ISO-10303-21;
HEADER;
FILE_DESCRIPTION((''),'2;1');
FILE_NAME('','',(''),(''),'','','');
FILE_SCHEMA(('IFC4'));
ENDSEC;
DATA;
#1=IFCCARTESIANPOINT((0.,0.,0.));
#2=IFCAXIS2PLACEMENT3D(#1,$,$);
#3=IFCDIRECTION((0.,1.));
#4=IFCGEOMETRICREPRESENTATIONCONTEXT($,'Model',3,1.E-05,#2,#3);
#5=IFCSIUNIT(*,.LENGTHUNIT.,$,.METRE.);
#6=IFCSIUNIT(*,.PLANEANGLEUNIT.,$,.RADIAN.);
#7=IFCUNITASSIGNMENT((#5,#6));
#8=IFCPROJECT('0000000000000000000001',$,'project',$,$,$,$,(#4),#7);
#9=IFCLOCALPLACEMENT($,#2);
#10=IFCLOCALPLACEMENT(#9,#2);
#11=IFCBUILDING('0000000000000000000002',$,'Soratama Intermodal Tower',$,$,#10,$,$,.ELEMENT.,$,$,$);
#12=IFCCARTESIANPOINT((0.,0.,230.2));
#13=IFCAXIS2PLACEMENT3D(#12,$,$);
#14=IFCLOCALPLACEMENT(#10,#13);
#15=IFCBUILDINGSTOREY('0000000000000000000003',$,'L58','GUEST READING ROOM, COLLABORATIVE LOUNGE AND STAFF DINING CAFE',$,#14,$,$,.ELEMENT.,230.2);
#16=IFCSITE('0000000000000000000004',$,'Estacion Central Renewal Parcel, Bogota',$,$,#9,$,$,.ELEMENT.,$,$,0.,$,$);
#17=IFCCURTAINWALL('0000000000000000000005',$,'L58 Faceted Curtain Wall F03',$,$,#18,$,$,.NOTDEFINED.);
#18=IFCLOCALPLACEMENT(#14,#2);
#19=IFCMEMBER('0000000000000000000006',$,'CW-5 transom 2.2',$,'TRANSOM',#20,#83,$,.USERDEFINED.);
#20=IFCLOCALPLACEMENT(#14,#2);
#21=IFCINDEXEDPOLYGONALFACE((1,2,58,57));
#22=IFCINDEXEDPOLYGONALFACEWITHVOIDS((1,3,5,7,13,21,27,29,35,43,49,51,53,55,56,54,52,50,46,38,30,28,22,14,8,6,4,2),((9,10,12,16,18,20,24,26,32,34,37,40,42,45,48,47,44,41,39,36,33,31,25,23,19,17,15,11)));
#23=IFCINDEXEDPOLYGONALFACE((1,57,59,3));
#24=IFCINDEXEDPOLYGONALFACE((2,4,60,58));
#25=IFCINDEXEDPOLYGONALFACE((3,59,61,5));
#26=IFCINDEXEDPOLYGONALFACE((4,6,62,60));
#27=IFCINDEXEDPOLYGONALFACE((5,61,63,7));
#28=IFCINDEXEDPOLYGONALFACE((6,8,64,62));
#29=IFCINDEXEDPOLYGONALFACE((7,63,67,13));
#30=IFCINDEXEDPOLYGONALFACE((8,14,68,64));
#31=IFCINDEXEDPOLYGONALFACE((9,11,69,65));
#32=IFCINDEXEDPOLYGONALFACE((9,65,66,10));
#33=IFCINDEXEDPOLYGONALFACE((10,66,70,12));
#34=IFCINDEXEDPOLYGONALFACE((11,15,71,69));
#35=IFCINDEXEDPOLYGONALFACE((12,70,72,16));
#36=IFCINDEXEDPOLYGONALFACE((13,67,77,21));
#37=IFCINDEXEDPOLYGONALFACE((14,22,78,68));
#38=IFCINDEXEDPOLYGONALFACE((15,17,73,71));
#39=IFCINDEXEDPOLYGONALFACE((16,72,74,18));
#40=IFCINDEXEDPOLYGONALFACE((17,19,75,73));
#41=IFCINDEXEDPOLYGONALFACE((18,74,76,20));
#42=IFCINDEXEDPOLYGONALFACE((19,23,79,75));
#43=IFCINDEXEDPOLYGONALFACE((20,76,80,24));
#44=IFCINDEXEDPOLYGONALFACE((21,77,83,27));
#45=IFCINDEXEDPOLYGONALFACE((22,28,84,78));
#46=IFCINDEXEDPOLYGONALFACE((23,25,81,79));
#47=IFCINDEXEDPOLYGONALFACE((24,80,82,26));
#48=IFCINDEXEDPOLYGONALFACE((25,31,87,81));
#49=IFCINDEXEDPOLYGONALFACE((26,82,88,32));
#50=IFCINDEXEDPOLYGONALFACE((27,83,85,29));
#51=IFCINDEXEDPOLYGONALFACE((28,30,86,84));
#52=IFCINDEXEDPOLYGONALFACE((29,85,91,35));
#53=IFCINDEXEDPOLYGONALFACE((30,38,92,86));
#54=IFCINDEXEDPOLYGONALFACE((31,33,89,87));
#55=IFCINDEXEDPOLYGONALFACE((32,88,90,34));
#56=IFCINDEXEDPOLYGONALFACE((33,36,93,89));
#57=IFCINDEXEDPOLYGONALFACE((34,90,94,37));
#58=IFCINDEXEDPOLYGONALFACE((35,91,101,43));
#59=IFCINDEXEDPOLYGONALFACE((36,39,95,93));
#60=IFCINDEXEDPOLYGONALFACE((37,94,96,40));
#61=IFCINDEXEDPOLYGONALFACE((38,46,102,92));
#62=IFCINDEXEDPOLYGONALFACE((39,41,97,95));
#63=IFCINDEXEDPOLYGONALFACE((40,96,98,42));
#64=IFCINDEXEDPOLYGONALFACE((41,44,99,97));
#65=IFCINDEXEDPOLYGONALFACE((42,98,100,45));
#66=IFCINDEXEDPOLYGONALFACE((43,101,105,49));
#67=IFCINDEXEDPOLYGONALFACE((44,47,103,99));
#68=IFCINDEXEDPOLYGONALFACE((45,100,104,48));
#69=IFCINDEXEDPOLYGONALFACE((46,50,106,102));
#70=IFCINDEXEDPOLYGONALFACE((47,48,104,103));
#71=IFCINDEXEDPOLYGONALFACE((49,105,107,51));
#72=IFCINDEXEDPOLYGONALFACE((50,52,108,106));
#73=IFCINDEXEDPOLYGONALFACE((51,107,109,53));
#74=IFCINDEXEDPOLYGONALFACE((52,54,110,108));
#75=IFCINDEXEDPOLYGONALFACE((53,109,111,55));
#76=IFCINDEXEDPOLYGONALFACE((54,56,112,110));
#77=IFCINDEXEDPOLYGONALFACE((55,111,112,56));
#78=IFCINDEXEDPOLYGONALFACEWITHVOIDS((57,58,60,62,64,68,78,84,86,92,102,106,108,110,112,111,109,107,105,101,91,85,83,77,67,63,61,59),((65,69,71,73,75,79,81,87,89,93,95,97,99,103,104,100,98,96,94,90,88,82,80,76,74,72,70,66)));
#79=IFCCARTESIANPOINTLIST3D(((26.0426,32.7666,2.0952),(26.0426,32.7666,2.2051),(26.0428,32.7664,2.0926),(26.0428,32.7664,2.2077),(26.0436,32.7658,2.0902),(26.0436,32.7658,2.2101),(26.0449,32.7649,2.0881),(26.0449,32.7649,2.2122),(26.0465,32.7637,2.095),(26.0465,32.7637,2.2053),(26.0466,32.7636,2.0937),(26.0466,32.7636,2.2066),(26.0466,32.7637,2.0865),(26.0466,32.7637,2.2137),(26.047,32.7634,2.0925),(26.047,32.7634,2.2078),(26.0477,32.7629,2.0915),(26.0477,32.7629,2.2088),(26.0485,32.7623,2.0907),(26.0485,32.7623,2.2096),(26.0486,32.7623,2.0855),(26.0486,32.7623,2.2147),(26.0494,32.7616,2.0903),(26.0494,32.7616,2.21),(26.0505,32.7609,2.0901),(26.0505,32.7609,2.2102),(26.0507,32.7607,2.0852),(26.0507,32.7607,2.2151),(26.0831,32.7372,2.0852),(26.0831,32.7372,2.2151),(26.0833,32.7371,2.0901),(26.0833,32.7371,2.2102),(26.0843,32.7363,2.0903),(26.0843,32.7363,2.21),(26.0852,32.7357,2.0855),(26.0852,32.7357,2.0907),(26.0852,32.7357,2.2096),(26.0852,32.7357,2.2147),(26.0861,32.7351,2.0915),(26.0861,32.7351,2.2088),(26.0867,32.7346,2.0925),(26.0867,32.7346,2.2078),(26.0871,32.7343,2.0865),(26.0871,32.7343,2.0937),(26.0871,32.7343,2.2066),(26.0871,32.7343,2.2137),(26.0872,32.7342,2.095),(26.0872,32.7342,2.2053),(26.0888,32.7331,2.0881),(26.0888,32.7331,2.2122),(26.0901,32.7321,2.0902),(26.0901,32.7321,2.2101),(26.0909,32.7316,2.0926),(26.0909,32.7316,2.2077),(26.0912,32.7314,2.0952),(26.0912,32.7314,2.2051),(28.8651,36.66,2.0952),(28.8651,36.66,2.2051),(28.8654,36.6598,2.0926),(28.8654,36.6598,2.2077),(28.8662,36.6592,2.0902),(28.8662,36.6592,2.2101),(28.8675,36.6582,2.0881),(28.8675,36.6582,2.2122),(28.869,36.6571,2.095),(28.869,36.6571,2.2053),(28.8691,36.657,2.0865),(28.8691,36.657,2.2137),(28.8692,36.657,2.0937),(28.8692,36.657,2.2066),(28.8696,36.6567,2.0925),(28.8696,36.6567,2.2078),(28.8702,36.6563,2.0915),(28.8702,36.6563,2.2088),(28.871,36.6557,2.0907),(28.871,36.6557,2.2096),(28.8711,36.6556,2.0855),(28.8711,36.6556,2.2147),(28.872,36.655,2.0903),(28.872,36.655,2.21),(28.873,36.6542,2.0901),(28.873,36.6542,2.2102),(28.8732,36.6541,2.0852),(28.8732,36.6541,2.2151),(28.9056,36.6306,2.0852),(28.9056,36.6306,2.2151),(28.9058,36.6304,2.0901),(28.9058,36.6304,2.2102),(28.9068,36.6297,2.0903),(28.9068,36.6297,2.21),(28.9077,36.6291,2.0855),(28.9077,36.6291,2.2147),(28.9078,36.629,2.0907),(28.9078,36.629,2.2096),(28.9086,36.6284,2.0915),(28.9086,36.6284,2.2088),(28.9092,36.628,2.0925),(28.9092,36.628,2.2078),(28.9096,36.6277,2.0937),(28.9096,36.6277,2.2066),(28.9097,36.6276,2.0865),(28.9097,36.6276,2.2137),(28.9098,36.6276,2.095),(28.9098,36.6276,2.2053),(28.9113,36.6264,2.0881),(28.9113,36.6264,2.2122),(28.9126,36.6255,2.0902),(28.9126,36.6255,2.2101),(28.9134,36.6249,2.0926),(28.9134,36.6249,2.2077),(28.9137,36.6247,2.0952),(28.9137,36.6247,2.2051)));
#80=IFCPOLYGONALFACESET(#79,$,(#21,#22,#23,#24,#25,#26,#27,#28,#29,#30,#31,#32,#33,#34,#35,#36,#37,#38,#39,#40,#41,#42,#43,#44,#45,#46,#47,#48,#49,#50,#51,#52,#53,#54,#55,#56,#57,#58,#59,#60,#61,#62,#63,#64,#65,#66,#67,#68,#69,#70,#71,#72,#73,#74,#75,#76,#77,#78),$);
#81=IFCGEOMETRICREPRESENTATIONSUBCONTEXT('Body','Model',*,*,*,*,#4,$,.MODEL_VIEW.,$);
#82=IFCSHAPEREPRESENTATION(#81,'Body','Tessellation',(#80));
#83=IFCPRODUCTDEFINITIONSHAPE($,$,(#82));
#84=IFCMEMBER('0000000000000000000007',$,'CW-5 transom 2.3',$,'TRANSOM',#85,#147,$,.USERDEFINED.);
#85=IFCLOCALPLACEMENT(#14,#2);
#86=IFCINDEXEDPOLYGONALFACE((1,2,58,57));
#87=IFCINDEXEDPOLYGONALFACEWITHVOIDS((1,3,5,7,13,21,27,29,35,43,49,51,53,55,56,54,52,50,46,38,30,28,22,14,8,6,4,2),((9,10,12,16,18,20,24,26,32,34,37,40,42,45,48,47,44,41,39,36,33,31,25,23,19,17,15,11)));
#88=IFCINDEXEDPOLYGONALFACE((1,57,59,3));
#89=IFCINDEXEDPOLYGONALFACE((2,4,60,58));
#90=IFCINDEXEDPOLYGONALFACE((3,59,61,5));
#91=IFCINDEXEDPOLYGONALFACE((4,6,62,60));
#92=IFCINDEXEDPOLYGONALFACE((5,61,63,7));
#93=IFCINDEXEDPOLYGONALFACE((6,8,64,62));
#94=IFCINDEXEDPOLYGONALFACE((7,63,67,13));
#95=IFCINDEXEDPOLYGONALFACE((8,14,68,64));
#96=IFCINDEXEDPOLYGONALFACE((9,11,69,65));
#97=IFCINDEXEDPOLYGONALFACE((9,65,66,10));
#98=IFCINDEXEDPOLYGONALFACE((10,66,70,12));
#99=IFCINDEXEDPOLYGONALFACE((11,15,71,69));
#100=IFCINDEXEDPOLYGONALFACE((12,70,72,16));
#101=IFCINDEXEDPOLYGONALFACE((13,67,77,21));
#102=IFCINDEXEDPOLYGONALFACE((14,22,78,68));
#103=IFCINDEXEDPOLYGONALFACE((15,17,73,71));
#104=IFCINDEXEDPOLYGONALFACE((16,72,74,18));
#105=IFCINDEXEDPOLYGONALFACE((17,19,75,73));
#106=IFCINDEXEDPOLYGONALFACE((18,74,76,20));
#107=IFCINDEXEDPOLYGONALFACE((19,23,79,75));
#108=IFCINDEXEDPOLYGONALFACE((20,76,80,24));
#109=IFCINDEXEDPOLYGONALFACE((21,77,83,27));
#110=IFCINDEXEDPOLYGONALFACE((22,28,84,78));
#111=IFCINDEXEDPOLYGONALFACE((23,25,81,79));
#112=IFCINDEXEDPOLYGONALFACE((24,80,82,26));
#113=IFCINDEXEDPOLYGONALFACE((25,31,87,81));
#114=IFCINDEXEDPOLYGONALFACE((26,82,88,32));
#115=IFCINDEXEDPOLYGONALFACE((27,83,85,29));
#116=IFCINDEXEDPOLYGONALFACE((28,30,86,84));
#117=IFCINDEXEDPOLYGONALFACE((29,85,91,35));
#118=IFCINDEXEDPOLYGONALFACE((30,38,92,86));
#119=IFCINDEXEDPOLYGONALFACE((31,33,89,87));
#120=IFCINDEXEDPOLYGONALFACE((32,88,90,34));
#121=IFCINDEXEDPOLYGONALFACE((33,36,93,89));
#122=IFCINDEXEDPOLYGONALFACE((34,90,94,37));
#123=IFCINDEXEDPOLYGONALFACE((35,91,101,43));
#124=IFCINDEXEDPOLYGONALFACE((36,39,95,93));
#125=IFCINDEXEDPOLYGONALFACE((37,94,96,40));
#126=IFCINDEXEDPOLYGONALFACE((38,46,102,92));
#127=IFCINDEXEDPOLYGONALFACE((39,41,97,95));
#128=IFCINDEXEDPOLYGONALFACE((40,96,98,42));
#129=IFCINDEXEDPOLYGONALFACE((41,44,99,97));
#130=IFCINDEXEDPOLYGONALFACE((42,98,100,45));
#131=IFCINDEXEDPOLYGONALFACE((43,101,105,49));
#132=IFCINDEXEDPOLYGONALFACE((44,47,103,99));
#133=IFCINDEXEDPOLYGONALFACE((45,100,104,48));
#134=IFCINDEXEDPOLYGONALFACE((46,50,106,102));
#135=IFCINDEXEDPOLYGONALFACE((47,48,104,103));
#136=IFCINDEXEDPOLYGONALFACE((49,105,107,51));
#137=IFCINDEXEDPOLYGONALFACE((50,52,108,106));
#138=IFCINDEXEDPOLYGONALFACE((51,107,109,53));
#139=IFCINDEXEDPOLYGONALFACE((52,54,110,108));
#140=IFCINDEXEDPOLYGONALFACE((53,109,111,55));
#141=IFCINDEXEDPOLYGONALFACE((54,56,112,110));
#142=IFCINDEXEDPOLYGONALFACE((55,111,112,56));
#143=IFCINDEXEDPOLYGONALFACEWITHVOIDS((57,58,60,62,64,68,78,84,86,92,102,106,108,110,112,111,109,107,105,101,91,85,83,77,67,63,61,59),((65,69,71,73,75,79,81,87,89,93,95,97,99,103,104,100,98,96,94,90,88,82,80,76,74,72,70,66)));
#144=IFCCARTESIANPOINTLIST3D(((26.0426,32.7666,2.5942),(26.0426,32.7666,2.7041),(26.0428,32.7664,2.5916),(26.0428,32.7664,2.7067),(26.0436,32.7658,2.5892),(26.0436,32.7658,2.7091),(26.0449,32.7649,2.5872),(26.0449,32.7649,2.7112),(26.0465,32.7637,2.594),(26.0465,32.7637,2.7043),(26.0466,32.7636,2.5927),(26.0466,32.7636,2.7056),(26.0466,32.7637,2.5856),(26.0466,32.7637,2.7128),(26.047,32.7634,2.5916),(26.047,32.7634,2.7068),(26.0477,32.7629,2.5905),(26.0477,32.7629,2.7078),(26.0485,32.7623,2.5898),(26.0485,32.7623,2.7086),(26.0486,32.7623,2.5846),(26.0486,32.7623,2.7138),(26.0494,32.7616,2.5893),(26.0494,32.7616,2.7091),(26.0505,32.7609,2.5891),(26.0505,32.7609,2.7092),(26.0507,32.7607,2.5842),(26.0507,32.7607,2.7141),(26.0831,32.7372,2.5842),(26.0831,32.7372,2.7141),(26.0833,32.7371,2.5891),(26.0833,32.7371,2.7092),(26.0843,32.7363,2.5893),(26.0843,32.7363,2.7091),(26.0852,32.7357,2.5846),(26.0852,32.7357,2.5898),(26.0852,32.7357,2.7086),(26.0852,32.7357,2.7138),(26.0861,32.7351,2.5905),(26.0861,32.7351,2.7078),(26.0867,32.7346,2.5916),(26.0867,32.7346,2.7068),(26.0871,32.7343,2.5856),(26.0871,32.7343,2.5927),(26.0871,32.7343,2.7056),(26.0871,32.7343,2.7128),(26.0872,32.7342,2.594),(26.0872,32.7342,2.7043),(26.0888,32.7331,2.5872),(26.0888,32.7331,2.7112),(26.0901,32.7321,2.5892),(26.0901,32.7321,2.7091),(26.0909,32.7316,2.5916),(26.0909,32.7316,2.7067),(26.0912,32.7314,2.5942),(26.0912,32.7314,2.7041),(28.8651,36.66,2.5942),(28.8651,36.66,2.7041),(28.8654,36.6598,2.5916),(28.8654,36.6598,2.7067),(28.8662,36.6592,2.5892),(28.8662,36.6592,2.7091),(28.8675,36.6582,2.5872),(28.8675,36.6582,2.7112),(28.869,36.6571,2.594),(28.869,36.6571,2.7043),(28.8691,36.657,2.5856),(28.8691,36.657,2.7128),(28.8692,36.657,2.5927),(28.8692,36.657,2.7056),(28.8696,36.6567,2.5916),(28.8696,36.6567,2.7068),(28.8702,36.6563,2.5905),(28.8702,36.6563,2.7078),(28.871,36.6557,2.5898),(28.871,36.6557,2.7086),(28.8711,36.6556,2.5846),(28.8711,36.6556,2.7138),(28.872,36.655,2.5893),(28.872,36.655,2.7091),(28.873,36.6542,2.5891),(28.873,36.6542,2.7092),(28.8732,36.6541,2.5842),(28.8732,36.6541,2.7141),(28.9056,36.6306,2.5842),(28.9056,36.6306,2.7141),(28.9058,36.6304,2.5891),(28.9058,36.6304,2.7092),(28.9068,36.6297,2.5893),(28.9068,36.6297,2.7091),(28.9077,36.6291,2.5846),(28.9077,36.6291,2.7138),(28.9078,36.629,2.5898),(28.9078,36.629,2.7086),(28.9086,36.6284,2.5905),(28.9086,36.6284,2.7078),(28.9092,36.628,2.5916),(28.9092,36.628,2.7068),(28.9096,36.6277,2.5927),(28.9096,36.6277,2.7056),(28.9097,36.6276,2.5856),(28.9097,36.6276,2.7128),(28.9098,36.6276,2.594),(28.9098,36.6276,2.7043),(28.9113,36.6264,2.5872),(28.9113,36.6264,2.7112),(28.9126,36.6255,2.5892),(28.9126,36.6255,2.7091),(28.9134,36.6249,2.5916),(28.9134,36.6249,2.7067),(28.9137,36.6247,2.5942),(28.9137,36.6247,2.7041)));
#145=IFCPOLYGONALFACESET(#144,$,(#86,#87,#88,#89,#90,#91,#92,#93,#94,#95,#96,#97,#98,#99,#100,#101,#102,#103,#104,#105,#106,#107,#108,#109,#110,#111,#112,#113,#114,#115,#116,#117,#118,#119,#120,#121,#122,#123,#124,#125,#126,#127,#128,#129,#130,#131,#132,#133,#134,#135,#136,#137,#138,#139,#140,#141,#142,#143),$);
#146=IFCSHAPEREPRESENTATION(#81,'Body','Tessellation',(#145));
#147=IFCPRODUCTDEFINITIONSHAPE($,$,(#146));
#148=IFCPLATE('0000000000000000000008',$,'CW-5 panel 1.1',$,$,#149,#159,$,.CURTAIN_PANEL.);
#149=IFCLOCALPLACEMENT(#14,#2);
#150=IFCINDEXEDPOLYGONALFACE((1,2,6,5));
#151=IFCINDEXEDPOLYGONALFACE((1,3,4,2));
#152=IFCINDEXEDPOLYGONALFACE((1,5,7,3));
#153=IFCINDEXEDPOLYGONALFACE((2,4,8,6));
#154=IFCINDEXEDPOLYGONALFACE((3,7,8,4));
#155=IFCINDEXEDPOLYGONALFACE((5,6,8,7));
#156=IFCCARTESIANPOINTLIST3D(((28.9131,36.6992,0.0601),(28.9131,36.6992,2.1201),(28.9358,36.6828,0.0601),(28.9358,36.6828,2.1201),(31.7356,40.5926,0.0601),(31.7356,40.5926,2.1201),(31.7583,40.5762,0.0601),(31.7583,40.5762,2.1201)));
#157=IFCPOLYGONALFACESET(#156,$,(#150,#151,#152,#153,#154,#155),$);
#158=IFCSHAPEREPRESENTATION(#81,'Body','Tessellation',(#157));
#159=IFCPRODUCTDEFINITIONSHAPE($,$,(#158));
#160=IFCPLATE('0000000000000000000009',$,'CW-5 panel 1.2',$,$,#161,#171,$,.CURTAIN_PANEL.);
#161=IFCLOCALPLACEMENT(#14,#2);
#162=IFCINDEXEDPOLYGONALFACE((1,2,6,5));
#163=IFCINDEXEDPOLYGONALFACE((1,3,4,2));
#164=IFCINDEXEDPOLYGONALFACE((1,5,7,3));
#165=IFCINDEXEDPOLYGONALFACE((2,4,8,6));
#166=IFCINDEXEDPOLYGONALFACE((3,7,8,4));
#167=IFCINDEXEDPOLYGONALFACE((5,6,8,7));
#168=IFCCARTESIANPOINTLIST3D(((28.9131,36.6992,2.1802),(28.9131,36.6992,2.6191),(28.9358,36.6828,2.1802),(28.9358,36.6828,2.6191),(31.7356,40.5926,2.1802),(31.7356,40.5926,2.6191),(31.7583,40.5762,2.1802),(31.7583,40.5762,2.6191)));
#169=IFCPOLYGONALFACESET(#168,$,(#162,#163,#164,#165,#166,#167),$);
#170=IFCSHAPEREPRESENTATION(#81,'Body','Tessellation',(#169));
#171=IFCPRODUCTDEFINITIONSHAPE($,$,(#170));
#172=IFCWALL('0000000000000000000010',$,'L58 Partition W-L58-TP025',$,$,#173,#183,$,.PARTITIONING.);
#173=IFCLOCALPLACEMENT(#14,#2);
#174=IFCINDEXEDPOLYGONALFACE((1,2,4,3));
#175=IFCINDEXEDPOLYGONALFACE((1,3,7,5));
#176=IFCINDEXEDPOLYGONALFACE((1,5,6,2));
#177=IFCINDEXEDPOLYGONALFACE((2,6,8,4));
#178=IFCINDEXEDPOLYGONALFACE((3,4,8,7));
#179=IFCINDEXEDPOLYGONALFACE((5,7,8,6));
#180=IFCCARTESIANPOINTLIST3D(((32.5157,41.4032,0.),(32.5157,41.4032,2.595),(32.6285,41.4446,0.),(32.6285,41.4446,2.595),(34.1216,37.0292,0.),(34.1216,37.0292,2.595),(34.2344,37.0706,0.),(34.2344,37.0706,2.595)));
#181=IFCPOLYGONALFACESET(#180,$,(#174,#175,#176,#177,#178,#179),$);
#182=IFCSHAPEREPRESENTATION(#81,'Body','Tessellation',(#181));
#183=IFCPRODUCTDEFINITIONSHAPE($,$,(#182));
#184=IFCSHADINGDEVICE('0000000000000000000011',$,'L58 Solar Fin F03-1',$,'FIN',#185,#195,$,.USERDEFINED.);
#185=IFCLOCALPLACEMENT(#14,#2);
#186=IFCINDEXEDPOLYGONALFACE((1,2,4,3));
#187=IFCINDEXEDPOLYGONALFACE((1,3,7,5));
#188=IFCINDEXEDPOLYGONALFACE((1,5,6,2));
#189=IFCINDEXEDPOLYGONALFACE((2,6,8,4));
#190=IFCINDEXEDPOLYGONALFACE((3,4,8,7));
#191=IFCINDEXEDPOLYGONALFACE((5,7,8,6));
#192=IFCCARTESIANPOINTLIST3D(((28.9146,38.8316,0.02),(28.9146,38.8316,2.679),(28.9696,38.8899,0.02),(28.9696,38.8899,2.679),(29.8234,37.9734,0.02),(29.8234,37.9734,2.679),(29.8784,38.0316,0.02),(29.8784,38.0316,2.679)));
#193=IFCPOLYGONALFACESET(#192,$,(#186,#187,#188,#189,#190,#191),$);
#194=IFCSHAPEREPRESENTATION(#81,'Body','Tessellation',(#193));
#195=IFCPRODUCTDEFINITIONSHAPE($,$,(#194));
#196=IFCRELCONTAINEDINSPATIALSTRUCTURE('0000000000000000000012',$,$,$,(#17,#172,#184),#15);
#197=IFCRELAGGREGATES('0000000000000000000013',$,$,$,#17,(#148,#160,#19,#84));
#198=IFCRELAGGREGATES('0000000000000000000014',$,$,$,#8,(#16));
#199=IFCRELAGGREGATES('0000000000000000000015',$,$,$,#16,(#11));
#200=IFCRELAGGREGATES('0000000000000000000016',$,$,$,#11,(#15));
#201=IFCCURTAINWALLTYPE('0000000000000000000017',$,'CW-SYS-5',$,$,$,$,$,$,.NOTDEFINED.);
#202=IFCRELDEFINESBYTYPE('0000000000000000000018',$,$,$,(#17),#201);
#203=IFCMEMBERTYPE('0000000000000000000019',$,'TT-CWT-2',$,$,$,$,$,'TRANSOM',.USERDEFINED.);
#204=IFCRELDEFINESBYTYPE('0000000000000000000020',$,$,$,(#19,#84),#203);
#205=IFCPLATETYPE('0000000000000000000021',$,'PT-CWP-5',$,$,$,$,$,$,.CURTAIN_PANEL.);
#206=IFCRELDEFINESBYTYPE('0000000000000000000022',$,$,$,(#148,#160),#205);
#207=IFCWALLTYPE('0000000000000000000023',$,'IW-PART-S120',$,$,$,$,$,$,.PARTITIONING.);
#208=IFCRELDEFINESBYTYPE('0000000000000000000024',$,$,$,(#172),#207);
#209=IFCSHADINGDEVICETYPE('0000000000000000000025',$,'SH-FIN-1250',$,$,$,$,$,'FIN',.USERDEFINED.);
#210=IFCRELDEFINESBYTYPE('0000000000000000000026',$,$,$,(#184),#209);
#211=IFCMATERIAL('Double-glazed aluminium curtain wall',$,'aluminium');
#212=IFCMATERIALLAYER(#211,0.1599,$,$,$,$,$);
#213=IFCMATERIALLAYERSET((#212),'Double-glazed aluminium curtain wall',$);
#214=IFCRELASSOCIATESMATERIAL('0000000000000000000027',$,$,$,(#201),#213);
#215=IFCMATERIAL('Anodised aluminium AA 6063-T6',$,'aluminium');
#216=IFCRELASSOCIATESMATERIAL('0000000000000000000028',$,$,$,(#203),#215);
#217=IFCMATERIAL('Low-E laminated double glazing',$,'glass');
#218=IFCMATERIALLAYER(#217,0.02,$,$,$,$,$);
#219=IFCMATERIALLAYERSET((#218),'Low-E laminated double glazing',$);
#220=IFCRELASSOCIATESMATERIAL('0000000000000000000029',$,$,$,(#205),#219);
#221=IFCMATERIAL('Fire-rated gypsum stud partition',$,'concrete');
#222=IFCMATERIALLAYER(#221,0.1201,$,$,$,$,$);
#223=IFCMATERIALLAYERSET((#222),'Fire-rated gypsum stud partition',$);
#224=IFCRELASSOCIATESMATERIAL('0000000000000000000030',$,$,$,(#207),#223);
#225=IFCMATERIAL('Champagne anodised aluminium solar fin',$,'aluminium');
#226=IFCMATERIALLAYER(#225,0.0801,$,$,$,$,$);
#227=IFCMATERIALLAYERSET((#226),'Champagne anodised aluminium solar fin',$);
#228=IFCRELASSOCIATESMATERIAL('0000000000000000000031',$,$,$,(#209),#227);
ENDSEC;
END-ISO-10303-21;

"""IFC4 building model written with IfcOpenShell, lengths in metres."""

from ifc_helpers import new_model, si_unit, direction, frame, frame_2d, origin, origin_2d, place, context, subcontext, project, spatial, rectangle, hollow_rectangle, extrude, material, layer, layer_set, material_profile, profile_set, type_object, element, aggregate, save


model = new_model("IFC4")

# Units and contexts
model_context = context("Model", 3, precision=1e-05, world=origin(), true_north=direction((0.0, 1.0)))
body_context = subcontext(model_context, "Body", "Model", "MODEL_VIEW")
ifc_project = project(units=[si_unit("LENGTHUNIT", "METRE"), si_unit("PLANEANGLEUNIT", "RADIAN")], contexts=[model_context])

# Site, building, storey
site_placement = place(None, origin())
site = spatial("IfcSite", under=ifc_project, at=site_placement, Name="Estacion Central Renewal Parcel, Bogota", CompositionType="ELEMENT", RefElevation=0.0)
building_placement = place(site_placement, origin())
building = spatial("IfcBuilding", under=site, at=building_placement, Name="Soratama Intermodal Tower", CompositionType="ELEMENT")
storey_placement = place(building_placement, frame((0.0, 0.0, 230.2)))
storey = spatial("IfcBuildingStorey", under=building, at=storey_placement, Name="L58", Description="GUEST READING ROOM, COLLABORATIVE LOUNGE AND STAFF DINING CAFE", CompositionType="ELEMENT", Elevation=230.2)

# Curtain wall, members, plates
ifc_material_1 = material(Name="Double-glazed aluminium curtain wall", Category="aluminium")
ifc_layer_1 = layer(ifc_material_1, 0.1599)
ifc_layer_set_1 = layer_set([ifc_layer_1], Name="Double-glazed aluminium curtain wall")
curtain_wall_type = type_object("IfcCurtainWallType", Name="CW-SYS-5", PredefinedType="NOTDEFINED", material=ifc_layer_set_1)
curtain_wall_placement = place(storey_placement, origin())
curtain_wall = element("IfcCurtainWall", 1, at=curtain_wall_placement, inside=storey, type_object=curtain_wall_type, Name="L58 Faceted Curtain Wall F03", PredefinedType="NOTDEFINED")
ifc_material_2 = material(Name="Anodised aluminium AA 6063-T6", Category="aluminium")
ifc_material_profile_1 = material_profile(ifc_material_2, hollow_rectangle(XDim=0.0601, YDim=0.1299, WallThickness=0.0049, InnerFilletRadius=0.0049, OuterFilletRadius=0.01, at=origin_2d()), Name="CWT130X60X5")
ifc_profile_set_1 = profile_set([ifc_material_profile_1], Name="Anodised aluminium AA 6063-T6")
member_type_1 = type_object("IfcMemberType", Name="TT-CWT-2", ElementType="TRANSOM", PredefinedType="USERDEFINED", material=ifc_profile_set_1)
member_1_placement = place(storey_placement, frame((28.8894, 36.6423, 2.1501), z_axis=(-0.586948, -0.809624, 0.0), x_axis=(0.809624, -0.586948, 0.0)))
member_1 = element("IfcMember", 2, at=member_1_placement, type_object=member_type_1, Name="CW-5 transom 2.2", ObjectType="TRANSOM", PredefinedType="USERDEFINED", context=body_context, shape_type="SweptSolid", body=[
    extrude(hollow_rectangle(XDim=0.0601, YDim=0.1299, WallThickness=0.0049, InnerFilletRadius=0.0049, OuterFilletRadius=0.01, at=origin_2d()), origin(), (0.0, 0.0, 1.0), 4.8088),
])
member_2_placement = place(storey_placement, frame((28.8894, 36.6423, 2.6492), z_axis=(-0.586948, -0.809624, 0.0), x_axis=(0.809624, -0.586948, 0.0)))
member_2 = element("IfcMember", 3, at=member_2_placement, type_object=member_type_1, Name="CW-5 transom 2.3", ObjectType="TRANSOM", PredefinedType="USERDEFINED", context=body_context, shape_type="SweptSolid", body=[
    extrude(hollow_rectangle(XDim=0.0601, YDim=0.1299, WallThickness=0.0049, InnerFilletRadius=0.0049, OuterFilletRadius=0.01, at=origin_2d()), origin(), (0.0, 0.0, 1.0), 4.8088),
])
ifc_material_3 = material(Name="Low-E laminated double glazing", Category="glass")
ifc_layer_2 = layer(ifc_material_3, 0.02)
ifc_layer_set_2 = layer_set([ifc_layer_2], Name="Low-E laminated double glazing")
plate_type = type_object("IfcPlateType", Name="PT-CWP-5", PredefinedType="CURTAIN_PANEL", material=ifc_layer_set_2)
plate_1_placement = place(storey_placement, frame((30.3357, 38.6377, 0.0601), z_axis=(0.0, 0.0, 1.0), x_axis=(-0.586937, -0.809633, 0.0)))
plate_1 = element("IfcPlate", 4, at=plate_1_placement, type_object=plate_type, Name="CW-5 panel 1.1", PredefinedType="CURTAIN_PANEL", context=body_context, shape_type="SweptSolid", body=[
    extrude(rectangle(XDim=4.8088, YDim=0.0281, at=origin_2d()), origin(), (0.0, 0.0, 1.0), 2.0601),
])
plate_2_placement = place(storey_placement, frame((30.3357, 38.6377, 2.1802), z_axis=(0.0, 0.0, 1.0), x_axis=(-0.586937, -0.809633, 0.0)))
plate_2 = element("IfcPlate", 5, at=plate_2_placement, type_object=plate_type, Name="CW-5 panel 1.2", PredefinedType="CURTAIN_PANEL", context=body_context, shape_type="SweptSolid", body=[
    extrude(rectangle(XDim=4.8088, YDim=0.0281, at=origin_2d()), origin(), (0.0, 0.0, 1.0), 0.439),
])
aggregate(curtain_wall, [plate_1, plate_2, member_1, member_2])

# Wall
ifc_material_4 = material(Name="Fire-rated gypsum stud partition", Category="concrete")
ifc_layer_3 = layer(ifc_material_4, 0.1201)
ifc_layer_set_3 = layer_set([ifc_layer_3], Name="Fire-rated gypsum stud partition")
wall_type_1 = type_object("IfcWallType", Name="IW-PART-S120", PredefinedType="PARTITIONING", material=ifc_layer_set_3)
wall_1_placement = place(storey_placement, frame((34.178, 37.05, 0.0), z_axis=(0.0, 0.0, 1.0), x_axis=(-0.344661, 0.938727, 0.0)))
element("IfcWall", 6, at=wall_1_placement, inside=storey, type_object=wall_type_1, Name="L58 Partition W-L58-TP025", PredefinedType="PARTITIONING", context=body_context, shape_type="SweptSolid", body=[
    extrude(rectangle(XDim=4.6594, YDim=0.1201, at=frame_2d((2.3296, 0.0))), origin(), (0.0, 0.0, 1.0), 2.595),
])

# Shading device
ifc_material_5 = material(Name="Champagne anodised aluminium solar fin", Category="aluminium")
ifc_layer_4 = layer(ifc_material_5, 0.0801)
ifc_layer_set_4 = layer_set([ifc_layer_4], Name="Champagne anodised aluminium solar fin")
shading_device_type = type_object("IfcShadingDeviceType", Name="SH-FIN-1250", ElementType="FIN", PredefinedType="USERDEFINED", material=ifc_layer_set_4)
for number, where, z_axis, x_axis, name in (
    (7, (29.3965, 38.4316, 0.02), (0.0, 0.0, 1.0), (-0.727054, 0.68658, 0.0), "L58 Solar Fin F03-1"),
):
    element("IfcShadingDevice", number, at=place(storey_placement, frame(where, z_axis=z_axis, x_axis=x_axis)), inside=storey, type_object=shading_device_type, Name=name, ObjectType="FIN", PredefinedType="USERDEFINED", context=body_context, shape_type="SweptSolid", body=[
        extrude(rectangle(XDim=1.25, YDim=0.0801, at=origin_2d()), origin(), (0.0, 0.0, 1.0), 2.6589),
    ])

save(model, "model.ifc")
